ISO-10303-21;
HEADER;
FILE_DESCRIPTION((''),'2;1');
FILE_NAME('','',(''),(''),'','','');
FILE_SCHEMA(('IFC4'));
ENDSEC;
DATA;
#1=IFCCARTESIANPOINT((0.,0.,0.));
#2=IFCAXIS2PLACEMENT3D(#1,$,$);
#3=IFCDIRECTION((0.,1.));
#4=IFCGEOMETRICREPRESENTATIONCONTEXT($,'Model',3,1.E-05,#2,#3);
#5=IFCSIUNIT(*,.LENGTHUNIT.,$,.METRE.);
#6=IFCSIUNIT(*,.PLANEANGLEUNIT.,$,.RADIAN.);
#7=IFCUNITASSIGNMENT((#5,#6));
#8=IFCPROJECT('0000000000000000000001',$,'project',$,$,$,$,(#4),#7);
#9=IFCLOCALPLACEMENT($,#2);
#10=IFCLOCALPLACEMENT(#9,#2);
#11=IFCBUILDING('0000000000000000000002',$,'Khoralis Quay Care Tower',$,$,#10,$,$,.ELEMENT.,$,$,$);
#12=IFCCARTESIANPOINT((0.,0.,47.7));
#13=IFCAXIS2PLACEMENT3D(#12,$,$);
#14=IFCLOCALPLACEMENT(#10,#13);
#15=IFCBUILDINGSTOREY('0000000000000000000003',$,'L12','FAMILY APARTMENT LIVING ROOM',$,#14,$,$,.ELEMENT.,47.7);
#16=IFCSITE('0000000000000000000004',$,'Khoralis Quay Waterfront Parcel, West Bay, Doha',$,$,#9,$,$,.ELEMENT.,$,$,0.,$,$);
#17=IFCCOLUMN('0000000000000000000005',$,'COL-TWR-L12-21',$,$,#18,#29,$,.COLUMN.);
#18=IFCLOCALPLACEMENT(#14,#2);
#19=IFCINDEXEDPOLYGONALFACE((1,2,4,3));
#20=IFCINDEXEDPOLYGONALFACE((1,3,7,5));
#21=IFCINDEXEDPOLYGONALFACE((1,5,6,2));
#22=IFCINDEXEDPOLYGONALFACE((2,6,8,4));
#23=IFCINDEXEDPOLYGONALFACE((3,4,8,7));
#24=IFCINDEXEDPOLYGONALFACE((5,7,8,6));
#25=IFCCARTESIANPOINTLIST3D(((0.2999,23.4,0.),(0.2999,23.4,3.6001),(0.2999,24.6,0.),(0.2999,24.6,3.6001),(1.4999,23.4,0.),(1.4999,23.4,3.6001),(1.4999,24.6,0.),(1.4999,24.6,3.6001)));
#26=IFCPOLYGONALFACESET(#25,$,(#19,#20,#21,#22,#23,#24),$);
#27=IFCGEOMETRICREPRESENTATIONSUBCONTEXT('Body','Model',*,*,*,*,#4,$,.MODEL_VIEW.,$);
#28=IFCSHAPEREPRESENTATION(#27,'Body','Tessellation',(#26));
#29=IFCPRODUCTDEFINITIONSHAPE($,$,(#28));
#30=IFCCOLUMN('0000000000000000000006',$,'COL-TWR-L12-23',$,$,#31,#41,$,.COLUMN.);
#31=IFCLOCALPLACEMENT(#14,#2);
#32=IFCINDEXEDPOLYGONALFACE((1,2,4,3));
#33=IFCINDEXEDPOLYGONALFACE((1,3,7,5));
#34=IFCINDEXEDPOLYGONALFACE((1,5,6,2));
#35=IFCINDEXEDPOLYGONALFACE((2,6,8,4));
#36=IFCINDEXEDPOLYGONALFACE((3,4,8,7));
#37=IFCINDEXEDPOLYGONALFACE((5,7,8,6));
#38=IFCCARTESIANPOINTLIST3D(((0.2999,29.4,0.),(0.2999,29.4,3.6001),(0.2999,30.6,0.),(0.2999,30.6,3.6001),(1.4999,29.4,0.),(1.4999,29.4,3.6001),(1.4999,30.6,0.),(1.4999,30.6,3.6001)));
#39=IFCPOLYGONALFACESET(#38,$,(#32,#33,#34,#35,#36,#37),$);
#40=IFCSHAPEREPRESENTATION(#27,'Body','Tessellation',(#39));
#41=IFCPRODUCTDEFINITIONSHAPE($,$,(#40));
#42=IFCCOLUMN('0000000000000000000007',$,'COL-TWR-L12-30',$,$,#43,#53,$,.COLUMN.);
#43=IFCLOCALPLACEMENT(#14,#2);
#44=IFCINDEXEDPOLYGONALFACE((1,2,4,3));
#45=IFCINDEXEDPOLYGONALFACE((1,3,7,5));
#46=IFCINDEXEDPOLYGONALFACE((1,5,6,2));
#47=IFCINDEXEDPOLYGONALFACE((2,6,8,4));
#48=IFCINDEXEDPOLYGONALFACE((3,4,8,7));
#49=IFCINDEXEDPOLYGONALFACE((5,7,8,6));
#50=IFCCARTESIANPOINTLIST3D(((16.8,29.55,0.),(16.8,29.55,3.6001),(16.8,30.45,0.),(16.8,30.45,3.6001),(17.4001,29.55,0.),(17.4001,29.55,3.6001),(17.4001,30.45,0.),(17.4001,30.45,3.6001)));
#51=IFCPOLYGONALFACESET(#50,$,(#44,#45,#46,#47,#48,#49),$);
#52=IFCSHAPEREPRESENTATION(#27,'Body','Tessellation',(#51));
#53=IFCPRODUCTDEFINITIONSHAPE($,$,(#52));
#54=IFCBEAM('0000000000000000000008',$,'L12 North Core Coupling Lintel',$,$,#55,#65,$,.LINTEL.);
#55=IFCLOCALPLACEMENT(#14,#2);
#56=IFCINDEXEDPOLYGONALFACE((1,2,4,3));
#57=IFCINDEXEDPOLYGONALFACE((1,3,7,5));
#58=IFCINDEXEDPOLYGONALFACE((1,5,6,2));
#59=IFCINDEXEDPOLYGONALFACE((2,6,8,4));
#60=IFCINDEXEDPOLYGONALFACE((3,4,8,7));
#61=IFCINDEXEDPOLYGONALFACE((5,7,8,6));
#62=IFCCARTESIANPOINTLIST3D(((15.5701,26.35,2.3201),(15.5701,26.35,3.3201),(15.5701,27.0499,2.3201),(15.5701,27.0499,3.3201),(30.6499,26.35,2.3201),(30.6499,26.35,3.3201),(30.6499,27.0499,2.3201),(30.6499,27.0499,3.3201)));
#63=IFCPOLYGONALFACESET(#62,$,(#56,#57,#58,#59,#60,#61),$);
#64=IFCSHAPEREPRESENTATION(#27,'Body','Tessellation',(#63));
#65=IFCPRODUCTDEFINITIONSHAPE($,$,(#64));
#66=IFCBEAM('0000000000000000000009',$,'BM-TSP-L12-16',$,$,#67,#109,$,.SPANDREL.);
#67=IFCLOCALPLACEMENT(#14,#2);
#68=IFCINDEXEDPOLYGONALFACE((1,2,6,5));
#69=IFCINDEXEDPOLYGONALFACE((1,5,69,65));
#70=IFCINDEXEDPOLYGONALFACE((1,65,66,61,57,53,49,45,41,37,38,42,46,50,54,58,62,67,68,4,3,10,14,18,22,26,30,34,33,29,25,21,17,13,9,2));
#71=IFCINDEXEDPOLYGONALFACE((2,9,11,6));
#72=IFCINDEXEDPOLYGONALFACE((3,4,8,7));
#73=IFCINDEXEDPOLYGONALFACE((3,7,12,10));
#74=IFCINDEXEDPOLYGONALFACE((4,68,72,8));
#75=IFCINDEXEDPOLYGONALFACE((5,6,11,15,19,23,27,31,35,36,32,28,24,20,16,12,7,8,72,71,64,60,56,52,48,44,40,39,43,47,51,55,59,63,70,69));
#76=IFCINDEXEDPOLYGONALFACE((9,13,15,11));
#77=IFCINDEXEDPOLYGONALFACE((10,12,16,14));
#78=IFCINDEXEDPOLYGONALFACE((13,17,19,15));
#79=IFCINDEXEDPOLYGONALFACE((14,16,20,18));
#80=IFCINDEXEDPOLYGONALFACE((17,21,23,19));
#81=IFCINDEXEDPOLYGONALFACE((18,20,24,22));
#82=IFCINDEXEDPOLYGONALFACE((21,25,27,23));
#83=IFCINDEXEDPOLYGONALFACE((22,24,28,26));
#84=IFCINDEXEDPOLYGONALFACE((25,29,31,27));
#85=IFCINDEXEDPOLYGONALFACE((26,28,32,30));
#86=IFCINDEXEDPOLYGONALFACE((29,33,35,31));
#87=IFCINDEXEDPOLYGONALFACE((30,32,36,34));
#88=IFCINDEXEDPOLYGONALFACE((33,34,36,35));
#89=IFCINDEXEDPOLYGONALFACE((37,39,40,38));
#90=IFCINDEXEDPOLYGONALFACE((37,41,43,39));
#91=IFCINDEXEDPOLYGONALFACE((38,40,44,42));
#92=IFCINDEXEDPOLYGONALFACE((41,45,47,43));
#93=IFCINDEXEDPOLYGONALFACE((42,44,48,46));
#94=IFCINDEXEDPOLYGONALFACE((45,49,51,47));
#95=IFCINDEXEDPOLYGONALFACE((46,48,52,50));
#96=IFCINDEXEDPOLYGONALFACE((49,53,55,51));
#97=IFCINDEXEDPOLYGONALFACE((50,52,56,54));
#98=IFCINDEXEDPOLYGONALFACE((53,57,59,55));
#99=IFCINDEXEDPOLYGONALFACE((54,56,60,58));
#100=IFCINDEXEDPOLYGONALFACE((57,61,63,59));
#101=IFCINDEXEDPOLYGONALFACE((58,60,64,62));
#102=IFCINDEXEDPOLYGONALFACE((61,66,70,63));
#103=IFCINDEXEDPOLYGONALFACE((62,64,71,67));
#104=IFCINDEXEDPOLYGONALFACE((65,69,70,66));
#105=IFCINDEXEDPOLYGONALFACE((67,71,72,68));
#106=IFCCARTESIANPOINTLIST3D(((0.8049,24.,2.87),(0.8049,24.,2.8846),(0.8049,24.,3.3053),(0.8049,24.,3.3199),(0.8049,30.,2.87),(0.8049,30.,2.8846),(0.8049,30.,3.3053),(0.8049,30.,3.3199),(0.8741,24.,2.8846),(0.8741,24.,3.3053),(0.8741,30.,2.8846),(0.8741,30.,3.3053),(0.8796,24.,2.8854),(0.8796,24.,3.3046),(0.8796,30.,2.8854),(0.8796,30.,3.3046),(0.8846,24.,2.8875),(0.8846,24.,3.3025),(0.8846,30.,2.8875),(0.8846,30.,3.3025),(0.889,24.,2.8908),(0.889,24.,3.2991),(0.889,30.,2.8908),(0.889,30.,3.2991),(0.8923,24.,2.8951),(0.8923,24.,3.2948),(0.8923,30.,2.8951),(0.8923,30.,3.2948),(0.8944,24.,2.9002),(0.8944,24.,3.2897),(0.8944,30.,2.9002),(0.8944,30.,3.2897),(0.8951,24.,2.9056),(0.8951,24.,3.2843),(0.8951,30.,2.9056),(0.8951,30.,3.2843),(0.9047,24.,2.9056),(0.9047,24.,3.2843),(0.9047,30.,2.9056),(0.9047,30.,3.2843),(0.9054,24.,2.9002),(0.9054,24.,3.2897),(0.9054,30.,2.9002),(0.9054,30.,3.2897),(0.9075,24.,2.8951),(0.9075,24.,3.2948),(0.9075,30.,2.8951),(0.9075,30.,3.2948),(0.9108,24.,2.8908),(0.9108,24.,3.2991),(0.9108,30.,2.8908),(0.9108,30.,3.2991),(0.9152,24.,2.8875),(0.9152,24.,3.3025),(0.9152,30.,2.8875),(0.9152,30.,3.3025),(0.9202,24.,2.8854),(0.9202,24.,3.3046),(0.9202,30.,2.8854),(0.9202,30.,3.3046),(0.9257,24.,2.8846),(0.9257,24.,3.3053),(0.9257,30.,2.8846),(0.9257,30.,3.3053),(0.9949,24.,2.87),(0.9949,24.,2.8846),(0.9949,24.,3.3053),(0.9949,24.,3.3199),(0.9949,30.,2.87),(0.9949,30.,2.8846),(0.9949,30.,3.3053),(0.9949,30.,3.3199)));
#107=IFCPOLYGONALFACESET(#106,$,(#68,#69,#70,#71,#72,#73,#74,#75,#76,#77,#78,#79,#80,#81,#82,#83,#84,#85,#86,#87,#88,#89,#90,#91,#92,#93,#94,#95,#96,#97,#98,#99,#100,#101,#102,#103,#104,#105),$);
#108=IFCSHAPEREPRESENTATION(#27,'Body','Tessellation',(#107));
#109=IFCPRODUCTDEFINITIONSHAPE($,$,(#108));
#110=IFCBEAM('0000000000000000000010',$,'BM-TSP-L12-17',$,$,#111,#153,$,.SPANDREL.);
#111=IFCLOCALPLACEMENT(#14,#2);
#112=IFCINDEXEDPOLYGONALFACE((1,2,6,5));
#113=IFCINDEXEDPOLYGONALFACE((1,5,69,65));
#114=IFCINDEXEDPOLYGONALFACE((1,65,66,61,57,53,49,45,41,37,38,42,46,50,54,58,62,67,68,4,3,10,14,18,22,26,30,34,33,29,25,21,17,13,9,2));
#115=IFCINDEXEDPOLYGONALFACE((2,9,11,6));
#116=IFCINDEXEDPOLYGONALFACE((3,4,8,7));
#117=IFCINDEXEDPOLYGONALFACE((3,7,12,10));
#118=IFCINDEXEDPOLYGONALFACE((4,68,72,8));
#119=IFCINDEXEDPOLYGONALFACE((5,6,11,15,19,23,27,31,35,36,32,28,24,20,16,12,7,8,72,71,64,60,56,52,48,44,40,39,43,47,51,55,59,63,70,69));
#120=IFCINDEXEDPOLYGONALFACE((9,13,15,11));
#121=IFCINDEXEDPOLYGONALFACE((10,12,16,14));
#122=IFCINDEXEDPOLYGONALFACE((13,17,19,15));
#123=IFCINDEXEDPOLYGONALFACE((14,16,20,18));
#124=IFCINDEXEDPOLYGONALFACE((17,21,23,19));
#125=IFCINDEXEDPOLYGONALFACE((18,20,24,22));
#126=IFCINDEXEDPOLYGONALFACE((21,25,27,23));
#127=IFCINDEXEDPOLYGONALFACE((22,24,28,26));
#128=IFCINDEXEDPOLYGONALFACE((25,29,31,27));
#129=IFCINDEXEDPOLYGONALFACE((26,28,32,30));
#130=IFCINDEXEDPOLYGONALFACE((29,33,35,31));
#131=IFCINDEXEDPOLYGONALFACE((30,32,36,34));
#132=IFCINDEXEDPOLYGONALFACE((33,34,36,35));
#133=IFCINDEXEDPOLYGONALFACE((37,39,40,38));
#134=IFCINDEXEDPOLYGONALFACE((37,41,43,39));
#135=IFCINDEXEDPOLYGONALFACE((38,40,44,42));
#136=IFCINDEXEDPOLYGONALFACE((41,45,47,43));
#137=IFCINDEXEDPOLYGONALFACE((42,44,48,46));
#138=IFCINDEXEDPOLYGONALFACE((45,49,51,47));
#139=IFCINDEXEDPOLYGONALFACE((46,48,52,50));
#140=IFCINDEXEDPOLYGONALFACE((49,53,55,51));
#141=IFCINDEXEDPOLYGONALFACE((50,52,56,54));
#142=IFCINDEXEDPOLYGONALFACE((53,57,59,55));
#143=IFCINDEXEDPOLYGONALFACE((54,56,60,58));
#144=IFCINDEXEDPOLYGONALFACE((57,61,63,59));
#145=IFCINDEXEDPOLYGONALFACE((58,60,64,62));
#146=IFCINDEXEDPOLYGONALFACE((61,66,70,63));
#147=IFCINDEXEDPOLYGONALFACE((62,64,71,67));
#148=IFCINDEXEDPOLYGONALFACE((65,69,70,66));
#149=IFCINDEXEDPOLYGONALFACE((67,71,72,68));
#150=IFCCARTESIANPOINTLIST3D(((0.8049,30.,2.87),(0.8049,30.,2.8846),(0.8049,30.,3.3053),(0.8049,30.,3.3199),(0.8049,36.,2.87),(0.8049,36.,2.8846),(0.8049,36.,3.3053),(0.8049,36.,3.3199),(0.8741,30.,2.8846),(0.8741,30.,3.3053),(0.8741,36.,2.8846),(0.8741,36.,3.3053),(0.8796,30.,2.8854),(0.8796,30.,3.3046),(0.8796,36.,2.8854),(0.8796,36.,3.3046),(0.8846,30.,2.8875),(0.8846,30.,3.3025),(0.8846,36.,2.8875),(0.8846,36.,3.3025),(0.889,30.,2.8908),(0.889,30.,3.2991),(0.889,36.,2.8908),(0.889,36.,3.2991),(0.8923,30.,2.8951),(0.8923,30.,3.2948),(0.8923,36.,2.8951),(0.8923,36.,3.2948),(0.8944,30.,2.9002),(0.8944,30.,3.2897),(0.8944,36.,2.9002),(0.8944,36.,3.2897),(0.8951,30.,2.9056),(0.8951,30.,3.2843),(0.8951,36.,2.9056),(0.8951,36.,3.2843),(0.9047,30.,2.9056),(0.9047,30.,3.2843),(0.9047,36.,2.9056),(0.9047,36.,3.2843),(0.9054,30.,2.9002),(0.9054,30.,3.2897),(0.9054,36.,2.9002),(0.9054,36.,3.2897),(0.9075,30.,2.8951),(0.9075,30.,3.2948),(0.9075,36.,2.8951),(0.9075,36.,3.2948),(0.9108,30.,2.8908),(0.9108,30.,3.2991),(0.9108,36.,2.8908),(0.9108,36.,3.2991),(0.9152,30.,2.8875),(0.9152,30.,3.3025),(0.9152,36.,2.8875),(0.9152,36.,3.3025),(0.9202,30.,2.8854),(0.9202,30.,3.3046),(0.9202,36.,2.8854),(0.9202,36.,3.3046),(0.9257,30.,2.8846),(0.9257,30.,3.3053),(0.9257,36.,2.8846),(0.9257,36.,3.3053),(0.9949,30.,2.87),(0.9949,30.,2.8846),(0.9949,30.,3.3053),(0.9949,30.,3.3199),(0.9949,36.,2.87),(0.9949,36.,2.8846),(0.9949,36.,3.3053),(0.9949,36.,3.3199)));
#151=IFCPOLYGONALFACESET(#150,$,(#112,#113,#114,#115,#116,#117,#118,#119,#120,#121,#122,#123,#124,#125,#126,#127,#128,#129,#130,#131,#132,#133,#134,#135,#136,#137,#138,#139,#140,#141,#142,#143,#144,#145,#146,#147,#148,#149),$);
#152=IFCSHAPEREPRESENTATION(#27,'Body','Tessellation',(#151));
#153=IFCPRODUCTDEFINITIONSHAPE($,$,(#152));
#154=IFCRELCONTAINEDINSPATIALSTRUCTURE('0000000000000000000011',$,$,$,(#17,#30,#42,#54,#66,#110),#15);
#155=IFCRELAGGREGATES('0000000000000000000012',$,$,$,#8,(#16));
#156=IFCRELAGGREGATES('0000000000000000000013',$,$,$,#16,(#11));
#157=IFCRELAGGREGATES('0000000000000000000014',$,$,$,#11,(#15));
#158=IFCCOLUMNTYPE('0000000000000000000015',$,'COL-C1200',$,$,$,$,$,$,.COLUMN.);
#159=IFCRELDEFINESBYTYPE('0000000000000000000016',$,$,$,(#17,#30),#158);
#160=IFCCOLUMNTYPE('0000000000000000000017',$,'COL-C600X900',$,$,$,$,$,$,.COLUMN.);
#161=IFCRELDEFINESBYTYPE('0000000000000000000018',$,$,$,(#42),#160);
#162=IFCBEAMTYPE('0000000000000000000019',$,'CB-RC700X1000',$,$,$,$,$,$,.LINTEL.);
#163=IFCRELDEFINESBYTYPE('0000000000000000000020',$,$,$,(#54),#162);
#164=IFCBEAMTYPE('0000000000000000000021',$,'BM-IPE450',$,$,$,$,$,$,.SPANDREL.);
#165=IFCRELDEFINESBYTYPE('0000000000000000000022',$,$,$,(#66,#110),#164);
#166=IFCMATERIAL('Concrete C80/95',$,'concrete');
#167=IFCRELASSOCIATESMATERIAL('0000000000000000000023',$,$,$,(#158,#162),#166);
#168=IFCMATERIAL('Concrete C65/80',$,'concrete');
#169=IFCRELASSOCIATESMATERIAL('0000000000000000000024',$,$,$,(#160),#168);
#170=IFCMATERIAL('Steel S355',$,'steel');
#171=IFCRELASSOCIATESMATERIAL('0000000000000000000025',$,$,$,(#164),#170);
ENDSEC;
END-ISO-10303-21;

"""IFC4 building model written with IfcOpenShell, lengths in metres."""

from ifc_helpers import new_model, si_unit, direction, frame, origin, origin_2d, place, context, subcontext, project, spatial, rectangle, i_section, extrude, source, transform, mapped, material, material_profile, profile_set, type_object, element, save


model = new_model("IFC4")

# Units and contexts
model_context = context("Model", 3, precision=1e-05, world=origin(), true_north=direction((0.0, 1.0)))
body_context = subcontext(model_context, "Body", "Model", "MODEL_VIEW")
ifc_project = project(units=[si_unit("LENGTHUNIT", "METRE"), si_unit("PLANEANGLEUNIT", "RADIAN")], contexts=[model_context])

# Site, building, storey
site_placement = place(None, origin())
site = spatial("IfcSite", under=ifc_project, at=site_placement, Name="Khoralis Quay Waterfront Parcel, West Bay, Doha", CompositionType="ELEMENT", RefElevation=0.0)
building_placement = place(site_placement, origin())
building = spatial("IfcBuilding", under=site, at=building_placement, Name="Khoralis Quay Care Tower", CompositionType="ELEMENT")
storey_placement = place(building_placement, frame((0.0, 0.0, 47.7)))
storey = spatial("IfcBuildingStorey", under=building, at=storey_placement, Name="L12", Description="FAMILY APARTMENT LIVING ROOM", CompositionType="ELEMENT", Elevation=47.7)

# Columns
ifc_material_1 = material(Name="Concrete C80/95", Category="concrete")
ifc_material_profile_1 = material_profile(ifc_material_1, rectangle(XDim=1.2, YDim=1.2, at=origin_2d()), Name="Concrete C80/95")
ifc_profile_set_1 = profile_set([ifc_material_profile_1], Name="Concrete C80/95")
column_type_1 = type_object("IfcColumnType", Name="COL-C1200", PredefinedType="COLUMN", material=ifc_profile_set_1)
shared_shape_1 = source(origin(), body_context, "Body", "SweptSolid", [
    extrude(rectangle(XDim=1.2, YDim=1.2, at=origin_2d()), origin(), (0.0, 0.0, 1.0), 3.6001),
])
for number, where, z_axis, x_axis, name in (
    (1, (0.8999, 24.0, 0.0), (0.0, 0.0, 1.0), (1.0, 0.0, 0.0), "COL-TWR-L12-21"),
    (2, (0.8999, 30.0, 0.0), (0.0, 0.0, 1.0), (1.0, 0.0, 0.0), "COL-TWR-L12-23"),
):
    element("IfcColumn", number, at=place(storey_placement, frame(where, z_axis=z_axis, x_axis=x_axis)), inside=storey, type_object=column_type_1, Name=name, PredefinedType="COLUMN", context=body_context, shape_type="MappedRepresentation", body=[
        mapped(shared_shape_1, transform((0.0, 0.0, 0.0), scale=1.0)),
    ])
ifc_material_2 = material(Name="Concrete C65/80", Category="concrete")
ifc_material_profile_2 = material_profile(ifc_material_2, rectangle(XDim=0.6001, YDim=0.8999, at=origin_2d()), Name="Concrete C65/80")
ifc_profile_set_2 = profile_set([ifc_material_profile_2], Name="Concrete C65/80")
column_type_2 = type_object("IfcColumnType", Name="COL-C600X900", PredefinedType="COLUMN", material=ifc_profile_set_2)
shared_shape_2 = source(origin(), body_context, "Body", "SweptSolid", [
    extrude(rectangle(XDim=0.6001, YDim=0.8999, at=origin_2d()), origin(), (0.0, 0.0, 1.0), 3.6001),
])
column_placement = place(storey_placement, frame((17.1001, 30.0, 0.0), z_axis=(0.0, 0.0, 1.0), x_axis=(1.0, 0.0, 0.0)))
element("IfcColumn", 3, at=column_placement, inside=storey, type_object=column_type_2, Name="COL-TWR-L12-30", PredefinedType="COLUMN", context=body_context, shape_type="MappedRepresentation", body=[
    mapped(shared_shape_2, transform((0.0, 0.0, 0.0), scale=1.0)),
])

# Beams
ifc_material_profile_3 = material_profile(ifc_material_1, rectangle(XDim=0.7, YDim=1.0, at=origin_2d()), Name="Concrete C80/95")
ifc_profile_set_3 = profile_set([ifc_material_profile_3], Name="Concrete C80/95")
beam_type_1 = type_object("IfcBeamType", Name="CB-RC700X1000", PredefinedType="LINTEL", material=ifc_profile_set_3)
shared_shape_3 = source(origin(), body_context, "Body", "SweptSolid", [
    extrude(rectangle(XDim=0.7, YDim=1.0, at=origin_2d()), origin(), (0.0, 0.0, 1.0), 15.0798),
])
beam_1_placement = place(storey_placement, frame((15.5701, 26.7, 2.8201), z_axis=(1.0, 0.0, 0.0), x_axis=(0.0, 1.0, 0.0)))
element("IfcBeam", 4, at=beam_1_placement, inside=storey, type_object=beam_type_1, Name="L12 North Core Coupling Lintel", PredefinedType="LINTEL", context=body_context, shape_type="MappedRepresentation", body=[
    mapped(shared_shape_3, transform((0.0, 0.0, 0.0), scale=1.0)),
])
ifc_material_3 = material(Name="Steel S355", Category="steel")
ifc_material_profile_4 = material_profile(ifc_material_3, i_section(OverallWidth=0.1899, OverallDepth=0.45, WebThickness=0.0095, FlangeThickness=0.0146, FilletRadius=0.021, at=origin_2d()), Name="Steel S355")
ifc_profile_set_4 = profile_set([ifc_material_profile_4], Name="Steel S355")
beam_type_2 = type_object("IfcBeamType", Name="BM-IPE450", PredefinedType="SPANDREL", material=ifc_profile_set_4)
shared_shape_4 = source(origin(), body_context, "Body", "SweptSolid", [
    extrude(i_section(OverallWidth=0.1899, OverallDepth=0.45, WebThickness=0.0095, FlangeThickness=0.0146, FilletRadius=0.021, at=origin_2d()), origin(), (0.0, 0.0, 1.0), 6.0),
])
for number, where, z_axis, x_axis, name in (
    (5, (0.8999, 24.0, 3.095), (0.0, 1.0, 0.0), (-1.0, 0.0, 0.0), "BM-TSP-L12-16"),
    (6, (0.8999, 30.0, 3.095), (0.0, 1.0, 0.0), (-1.0, 0.0, 0.0), "BM-TSP-L12-17"),
):
    element("IfcBeam", number, at=place(storey_placement, frame(where, z_axis=z_axis, x_axis=x_axis)), inside=storey, type_object=beam_type_2, Name=name, PredefinedType="SPANDREL", context=body_context, shape_type="MappedRepresentation", body=[
        mapped(shared_shape_4, transform((0.0, 0.0, 0.0), scale=1.0)),
    ])

save(model, "model.ifc")
